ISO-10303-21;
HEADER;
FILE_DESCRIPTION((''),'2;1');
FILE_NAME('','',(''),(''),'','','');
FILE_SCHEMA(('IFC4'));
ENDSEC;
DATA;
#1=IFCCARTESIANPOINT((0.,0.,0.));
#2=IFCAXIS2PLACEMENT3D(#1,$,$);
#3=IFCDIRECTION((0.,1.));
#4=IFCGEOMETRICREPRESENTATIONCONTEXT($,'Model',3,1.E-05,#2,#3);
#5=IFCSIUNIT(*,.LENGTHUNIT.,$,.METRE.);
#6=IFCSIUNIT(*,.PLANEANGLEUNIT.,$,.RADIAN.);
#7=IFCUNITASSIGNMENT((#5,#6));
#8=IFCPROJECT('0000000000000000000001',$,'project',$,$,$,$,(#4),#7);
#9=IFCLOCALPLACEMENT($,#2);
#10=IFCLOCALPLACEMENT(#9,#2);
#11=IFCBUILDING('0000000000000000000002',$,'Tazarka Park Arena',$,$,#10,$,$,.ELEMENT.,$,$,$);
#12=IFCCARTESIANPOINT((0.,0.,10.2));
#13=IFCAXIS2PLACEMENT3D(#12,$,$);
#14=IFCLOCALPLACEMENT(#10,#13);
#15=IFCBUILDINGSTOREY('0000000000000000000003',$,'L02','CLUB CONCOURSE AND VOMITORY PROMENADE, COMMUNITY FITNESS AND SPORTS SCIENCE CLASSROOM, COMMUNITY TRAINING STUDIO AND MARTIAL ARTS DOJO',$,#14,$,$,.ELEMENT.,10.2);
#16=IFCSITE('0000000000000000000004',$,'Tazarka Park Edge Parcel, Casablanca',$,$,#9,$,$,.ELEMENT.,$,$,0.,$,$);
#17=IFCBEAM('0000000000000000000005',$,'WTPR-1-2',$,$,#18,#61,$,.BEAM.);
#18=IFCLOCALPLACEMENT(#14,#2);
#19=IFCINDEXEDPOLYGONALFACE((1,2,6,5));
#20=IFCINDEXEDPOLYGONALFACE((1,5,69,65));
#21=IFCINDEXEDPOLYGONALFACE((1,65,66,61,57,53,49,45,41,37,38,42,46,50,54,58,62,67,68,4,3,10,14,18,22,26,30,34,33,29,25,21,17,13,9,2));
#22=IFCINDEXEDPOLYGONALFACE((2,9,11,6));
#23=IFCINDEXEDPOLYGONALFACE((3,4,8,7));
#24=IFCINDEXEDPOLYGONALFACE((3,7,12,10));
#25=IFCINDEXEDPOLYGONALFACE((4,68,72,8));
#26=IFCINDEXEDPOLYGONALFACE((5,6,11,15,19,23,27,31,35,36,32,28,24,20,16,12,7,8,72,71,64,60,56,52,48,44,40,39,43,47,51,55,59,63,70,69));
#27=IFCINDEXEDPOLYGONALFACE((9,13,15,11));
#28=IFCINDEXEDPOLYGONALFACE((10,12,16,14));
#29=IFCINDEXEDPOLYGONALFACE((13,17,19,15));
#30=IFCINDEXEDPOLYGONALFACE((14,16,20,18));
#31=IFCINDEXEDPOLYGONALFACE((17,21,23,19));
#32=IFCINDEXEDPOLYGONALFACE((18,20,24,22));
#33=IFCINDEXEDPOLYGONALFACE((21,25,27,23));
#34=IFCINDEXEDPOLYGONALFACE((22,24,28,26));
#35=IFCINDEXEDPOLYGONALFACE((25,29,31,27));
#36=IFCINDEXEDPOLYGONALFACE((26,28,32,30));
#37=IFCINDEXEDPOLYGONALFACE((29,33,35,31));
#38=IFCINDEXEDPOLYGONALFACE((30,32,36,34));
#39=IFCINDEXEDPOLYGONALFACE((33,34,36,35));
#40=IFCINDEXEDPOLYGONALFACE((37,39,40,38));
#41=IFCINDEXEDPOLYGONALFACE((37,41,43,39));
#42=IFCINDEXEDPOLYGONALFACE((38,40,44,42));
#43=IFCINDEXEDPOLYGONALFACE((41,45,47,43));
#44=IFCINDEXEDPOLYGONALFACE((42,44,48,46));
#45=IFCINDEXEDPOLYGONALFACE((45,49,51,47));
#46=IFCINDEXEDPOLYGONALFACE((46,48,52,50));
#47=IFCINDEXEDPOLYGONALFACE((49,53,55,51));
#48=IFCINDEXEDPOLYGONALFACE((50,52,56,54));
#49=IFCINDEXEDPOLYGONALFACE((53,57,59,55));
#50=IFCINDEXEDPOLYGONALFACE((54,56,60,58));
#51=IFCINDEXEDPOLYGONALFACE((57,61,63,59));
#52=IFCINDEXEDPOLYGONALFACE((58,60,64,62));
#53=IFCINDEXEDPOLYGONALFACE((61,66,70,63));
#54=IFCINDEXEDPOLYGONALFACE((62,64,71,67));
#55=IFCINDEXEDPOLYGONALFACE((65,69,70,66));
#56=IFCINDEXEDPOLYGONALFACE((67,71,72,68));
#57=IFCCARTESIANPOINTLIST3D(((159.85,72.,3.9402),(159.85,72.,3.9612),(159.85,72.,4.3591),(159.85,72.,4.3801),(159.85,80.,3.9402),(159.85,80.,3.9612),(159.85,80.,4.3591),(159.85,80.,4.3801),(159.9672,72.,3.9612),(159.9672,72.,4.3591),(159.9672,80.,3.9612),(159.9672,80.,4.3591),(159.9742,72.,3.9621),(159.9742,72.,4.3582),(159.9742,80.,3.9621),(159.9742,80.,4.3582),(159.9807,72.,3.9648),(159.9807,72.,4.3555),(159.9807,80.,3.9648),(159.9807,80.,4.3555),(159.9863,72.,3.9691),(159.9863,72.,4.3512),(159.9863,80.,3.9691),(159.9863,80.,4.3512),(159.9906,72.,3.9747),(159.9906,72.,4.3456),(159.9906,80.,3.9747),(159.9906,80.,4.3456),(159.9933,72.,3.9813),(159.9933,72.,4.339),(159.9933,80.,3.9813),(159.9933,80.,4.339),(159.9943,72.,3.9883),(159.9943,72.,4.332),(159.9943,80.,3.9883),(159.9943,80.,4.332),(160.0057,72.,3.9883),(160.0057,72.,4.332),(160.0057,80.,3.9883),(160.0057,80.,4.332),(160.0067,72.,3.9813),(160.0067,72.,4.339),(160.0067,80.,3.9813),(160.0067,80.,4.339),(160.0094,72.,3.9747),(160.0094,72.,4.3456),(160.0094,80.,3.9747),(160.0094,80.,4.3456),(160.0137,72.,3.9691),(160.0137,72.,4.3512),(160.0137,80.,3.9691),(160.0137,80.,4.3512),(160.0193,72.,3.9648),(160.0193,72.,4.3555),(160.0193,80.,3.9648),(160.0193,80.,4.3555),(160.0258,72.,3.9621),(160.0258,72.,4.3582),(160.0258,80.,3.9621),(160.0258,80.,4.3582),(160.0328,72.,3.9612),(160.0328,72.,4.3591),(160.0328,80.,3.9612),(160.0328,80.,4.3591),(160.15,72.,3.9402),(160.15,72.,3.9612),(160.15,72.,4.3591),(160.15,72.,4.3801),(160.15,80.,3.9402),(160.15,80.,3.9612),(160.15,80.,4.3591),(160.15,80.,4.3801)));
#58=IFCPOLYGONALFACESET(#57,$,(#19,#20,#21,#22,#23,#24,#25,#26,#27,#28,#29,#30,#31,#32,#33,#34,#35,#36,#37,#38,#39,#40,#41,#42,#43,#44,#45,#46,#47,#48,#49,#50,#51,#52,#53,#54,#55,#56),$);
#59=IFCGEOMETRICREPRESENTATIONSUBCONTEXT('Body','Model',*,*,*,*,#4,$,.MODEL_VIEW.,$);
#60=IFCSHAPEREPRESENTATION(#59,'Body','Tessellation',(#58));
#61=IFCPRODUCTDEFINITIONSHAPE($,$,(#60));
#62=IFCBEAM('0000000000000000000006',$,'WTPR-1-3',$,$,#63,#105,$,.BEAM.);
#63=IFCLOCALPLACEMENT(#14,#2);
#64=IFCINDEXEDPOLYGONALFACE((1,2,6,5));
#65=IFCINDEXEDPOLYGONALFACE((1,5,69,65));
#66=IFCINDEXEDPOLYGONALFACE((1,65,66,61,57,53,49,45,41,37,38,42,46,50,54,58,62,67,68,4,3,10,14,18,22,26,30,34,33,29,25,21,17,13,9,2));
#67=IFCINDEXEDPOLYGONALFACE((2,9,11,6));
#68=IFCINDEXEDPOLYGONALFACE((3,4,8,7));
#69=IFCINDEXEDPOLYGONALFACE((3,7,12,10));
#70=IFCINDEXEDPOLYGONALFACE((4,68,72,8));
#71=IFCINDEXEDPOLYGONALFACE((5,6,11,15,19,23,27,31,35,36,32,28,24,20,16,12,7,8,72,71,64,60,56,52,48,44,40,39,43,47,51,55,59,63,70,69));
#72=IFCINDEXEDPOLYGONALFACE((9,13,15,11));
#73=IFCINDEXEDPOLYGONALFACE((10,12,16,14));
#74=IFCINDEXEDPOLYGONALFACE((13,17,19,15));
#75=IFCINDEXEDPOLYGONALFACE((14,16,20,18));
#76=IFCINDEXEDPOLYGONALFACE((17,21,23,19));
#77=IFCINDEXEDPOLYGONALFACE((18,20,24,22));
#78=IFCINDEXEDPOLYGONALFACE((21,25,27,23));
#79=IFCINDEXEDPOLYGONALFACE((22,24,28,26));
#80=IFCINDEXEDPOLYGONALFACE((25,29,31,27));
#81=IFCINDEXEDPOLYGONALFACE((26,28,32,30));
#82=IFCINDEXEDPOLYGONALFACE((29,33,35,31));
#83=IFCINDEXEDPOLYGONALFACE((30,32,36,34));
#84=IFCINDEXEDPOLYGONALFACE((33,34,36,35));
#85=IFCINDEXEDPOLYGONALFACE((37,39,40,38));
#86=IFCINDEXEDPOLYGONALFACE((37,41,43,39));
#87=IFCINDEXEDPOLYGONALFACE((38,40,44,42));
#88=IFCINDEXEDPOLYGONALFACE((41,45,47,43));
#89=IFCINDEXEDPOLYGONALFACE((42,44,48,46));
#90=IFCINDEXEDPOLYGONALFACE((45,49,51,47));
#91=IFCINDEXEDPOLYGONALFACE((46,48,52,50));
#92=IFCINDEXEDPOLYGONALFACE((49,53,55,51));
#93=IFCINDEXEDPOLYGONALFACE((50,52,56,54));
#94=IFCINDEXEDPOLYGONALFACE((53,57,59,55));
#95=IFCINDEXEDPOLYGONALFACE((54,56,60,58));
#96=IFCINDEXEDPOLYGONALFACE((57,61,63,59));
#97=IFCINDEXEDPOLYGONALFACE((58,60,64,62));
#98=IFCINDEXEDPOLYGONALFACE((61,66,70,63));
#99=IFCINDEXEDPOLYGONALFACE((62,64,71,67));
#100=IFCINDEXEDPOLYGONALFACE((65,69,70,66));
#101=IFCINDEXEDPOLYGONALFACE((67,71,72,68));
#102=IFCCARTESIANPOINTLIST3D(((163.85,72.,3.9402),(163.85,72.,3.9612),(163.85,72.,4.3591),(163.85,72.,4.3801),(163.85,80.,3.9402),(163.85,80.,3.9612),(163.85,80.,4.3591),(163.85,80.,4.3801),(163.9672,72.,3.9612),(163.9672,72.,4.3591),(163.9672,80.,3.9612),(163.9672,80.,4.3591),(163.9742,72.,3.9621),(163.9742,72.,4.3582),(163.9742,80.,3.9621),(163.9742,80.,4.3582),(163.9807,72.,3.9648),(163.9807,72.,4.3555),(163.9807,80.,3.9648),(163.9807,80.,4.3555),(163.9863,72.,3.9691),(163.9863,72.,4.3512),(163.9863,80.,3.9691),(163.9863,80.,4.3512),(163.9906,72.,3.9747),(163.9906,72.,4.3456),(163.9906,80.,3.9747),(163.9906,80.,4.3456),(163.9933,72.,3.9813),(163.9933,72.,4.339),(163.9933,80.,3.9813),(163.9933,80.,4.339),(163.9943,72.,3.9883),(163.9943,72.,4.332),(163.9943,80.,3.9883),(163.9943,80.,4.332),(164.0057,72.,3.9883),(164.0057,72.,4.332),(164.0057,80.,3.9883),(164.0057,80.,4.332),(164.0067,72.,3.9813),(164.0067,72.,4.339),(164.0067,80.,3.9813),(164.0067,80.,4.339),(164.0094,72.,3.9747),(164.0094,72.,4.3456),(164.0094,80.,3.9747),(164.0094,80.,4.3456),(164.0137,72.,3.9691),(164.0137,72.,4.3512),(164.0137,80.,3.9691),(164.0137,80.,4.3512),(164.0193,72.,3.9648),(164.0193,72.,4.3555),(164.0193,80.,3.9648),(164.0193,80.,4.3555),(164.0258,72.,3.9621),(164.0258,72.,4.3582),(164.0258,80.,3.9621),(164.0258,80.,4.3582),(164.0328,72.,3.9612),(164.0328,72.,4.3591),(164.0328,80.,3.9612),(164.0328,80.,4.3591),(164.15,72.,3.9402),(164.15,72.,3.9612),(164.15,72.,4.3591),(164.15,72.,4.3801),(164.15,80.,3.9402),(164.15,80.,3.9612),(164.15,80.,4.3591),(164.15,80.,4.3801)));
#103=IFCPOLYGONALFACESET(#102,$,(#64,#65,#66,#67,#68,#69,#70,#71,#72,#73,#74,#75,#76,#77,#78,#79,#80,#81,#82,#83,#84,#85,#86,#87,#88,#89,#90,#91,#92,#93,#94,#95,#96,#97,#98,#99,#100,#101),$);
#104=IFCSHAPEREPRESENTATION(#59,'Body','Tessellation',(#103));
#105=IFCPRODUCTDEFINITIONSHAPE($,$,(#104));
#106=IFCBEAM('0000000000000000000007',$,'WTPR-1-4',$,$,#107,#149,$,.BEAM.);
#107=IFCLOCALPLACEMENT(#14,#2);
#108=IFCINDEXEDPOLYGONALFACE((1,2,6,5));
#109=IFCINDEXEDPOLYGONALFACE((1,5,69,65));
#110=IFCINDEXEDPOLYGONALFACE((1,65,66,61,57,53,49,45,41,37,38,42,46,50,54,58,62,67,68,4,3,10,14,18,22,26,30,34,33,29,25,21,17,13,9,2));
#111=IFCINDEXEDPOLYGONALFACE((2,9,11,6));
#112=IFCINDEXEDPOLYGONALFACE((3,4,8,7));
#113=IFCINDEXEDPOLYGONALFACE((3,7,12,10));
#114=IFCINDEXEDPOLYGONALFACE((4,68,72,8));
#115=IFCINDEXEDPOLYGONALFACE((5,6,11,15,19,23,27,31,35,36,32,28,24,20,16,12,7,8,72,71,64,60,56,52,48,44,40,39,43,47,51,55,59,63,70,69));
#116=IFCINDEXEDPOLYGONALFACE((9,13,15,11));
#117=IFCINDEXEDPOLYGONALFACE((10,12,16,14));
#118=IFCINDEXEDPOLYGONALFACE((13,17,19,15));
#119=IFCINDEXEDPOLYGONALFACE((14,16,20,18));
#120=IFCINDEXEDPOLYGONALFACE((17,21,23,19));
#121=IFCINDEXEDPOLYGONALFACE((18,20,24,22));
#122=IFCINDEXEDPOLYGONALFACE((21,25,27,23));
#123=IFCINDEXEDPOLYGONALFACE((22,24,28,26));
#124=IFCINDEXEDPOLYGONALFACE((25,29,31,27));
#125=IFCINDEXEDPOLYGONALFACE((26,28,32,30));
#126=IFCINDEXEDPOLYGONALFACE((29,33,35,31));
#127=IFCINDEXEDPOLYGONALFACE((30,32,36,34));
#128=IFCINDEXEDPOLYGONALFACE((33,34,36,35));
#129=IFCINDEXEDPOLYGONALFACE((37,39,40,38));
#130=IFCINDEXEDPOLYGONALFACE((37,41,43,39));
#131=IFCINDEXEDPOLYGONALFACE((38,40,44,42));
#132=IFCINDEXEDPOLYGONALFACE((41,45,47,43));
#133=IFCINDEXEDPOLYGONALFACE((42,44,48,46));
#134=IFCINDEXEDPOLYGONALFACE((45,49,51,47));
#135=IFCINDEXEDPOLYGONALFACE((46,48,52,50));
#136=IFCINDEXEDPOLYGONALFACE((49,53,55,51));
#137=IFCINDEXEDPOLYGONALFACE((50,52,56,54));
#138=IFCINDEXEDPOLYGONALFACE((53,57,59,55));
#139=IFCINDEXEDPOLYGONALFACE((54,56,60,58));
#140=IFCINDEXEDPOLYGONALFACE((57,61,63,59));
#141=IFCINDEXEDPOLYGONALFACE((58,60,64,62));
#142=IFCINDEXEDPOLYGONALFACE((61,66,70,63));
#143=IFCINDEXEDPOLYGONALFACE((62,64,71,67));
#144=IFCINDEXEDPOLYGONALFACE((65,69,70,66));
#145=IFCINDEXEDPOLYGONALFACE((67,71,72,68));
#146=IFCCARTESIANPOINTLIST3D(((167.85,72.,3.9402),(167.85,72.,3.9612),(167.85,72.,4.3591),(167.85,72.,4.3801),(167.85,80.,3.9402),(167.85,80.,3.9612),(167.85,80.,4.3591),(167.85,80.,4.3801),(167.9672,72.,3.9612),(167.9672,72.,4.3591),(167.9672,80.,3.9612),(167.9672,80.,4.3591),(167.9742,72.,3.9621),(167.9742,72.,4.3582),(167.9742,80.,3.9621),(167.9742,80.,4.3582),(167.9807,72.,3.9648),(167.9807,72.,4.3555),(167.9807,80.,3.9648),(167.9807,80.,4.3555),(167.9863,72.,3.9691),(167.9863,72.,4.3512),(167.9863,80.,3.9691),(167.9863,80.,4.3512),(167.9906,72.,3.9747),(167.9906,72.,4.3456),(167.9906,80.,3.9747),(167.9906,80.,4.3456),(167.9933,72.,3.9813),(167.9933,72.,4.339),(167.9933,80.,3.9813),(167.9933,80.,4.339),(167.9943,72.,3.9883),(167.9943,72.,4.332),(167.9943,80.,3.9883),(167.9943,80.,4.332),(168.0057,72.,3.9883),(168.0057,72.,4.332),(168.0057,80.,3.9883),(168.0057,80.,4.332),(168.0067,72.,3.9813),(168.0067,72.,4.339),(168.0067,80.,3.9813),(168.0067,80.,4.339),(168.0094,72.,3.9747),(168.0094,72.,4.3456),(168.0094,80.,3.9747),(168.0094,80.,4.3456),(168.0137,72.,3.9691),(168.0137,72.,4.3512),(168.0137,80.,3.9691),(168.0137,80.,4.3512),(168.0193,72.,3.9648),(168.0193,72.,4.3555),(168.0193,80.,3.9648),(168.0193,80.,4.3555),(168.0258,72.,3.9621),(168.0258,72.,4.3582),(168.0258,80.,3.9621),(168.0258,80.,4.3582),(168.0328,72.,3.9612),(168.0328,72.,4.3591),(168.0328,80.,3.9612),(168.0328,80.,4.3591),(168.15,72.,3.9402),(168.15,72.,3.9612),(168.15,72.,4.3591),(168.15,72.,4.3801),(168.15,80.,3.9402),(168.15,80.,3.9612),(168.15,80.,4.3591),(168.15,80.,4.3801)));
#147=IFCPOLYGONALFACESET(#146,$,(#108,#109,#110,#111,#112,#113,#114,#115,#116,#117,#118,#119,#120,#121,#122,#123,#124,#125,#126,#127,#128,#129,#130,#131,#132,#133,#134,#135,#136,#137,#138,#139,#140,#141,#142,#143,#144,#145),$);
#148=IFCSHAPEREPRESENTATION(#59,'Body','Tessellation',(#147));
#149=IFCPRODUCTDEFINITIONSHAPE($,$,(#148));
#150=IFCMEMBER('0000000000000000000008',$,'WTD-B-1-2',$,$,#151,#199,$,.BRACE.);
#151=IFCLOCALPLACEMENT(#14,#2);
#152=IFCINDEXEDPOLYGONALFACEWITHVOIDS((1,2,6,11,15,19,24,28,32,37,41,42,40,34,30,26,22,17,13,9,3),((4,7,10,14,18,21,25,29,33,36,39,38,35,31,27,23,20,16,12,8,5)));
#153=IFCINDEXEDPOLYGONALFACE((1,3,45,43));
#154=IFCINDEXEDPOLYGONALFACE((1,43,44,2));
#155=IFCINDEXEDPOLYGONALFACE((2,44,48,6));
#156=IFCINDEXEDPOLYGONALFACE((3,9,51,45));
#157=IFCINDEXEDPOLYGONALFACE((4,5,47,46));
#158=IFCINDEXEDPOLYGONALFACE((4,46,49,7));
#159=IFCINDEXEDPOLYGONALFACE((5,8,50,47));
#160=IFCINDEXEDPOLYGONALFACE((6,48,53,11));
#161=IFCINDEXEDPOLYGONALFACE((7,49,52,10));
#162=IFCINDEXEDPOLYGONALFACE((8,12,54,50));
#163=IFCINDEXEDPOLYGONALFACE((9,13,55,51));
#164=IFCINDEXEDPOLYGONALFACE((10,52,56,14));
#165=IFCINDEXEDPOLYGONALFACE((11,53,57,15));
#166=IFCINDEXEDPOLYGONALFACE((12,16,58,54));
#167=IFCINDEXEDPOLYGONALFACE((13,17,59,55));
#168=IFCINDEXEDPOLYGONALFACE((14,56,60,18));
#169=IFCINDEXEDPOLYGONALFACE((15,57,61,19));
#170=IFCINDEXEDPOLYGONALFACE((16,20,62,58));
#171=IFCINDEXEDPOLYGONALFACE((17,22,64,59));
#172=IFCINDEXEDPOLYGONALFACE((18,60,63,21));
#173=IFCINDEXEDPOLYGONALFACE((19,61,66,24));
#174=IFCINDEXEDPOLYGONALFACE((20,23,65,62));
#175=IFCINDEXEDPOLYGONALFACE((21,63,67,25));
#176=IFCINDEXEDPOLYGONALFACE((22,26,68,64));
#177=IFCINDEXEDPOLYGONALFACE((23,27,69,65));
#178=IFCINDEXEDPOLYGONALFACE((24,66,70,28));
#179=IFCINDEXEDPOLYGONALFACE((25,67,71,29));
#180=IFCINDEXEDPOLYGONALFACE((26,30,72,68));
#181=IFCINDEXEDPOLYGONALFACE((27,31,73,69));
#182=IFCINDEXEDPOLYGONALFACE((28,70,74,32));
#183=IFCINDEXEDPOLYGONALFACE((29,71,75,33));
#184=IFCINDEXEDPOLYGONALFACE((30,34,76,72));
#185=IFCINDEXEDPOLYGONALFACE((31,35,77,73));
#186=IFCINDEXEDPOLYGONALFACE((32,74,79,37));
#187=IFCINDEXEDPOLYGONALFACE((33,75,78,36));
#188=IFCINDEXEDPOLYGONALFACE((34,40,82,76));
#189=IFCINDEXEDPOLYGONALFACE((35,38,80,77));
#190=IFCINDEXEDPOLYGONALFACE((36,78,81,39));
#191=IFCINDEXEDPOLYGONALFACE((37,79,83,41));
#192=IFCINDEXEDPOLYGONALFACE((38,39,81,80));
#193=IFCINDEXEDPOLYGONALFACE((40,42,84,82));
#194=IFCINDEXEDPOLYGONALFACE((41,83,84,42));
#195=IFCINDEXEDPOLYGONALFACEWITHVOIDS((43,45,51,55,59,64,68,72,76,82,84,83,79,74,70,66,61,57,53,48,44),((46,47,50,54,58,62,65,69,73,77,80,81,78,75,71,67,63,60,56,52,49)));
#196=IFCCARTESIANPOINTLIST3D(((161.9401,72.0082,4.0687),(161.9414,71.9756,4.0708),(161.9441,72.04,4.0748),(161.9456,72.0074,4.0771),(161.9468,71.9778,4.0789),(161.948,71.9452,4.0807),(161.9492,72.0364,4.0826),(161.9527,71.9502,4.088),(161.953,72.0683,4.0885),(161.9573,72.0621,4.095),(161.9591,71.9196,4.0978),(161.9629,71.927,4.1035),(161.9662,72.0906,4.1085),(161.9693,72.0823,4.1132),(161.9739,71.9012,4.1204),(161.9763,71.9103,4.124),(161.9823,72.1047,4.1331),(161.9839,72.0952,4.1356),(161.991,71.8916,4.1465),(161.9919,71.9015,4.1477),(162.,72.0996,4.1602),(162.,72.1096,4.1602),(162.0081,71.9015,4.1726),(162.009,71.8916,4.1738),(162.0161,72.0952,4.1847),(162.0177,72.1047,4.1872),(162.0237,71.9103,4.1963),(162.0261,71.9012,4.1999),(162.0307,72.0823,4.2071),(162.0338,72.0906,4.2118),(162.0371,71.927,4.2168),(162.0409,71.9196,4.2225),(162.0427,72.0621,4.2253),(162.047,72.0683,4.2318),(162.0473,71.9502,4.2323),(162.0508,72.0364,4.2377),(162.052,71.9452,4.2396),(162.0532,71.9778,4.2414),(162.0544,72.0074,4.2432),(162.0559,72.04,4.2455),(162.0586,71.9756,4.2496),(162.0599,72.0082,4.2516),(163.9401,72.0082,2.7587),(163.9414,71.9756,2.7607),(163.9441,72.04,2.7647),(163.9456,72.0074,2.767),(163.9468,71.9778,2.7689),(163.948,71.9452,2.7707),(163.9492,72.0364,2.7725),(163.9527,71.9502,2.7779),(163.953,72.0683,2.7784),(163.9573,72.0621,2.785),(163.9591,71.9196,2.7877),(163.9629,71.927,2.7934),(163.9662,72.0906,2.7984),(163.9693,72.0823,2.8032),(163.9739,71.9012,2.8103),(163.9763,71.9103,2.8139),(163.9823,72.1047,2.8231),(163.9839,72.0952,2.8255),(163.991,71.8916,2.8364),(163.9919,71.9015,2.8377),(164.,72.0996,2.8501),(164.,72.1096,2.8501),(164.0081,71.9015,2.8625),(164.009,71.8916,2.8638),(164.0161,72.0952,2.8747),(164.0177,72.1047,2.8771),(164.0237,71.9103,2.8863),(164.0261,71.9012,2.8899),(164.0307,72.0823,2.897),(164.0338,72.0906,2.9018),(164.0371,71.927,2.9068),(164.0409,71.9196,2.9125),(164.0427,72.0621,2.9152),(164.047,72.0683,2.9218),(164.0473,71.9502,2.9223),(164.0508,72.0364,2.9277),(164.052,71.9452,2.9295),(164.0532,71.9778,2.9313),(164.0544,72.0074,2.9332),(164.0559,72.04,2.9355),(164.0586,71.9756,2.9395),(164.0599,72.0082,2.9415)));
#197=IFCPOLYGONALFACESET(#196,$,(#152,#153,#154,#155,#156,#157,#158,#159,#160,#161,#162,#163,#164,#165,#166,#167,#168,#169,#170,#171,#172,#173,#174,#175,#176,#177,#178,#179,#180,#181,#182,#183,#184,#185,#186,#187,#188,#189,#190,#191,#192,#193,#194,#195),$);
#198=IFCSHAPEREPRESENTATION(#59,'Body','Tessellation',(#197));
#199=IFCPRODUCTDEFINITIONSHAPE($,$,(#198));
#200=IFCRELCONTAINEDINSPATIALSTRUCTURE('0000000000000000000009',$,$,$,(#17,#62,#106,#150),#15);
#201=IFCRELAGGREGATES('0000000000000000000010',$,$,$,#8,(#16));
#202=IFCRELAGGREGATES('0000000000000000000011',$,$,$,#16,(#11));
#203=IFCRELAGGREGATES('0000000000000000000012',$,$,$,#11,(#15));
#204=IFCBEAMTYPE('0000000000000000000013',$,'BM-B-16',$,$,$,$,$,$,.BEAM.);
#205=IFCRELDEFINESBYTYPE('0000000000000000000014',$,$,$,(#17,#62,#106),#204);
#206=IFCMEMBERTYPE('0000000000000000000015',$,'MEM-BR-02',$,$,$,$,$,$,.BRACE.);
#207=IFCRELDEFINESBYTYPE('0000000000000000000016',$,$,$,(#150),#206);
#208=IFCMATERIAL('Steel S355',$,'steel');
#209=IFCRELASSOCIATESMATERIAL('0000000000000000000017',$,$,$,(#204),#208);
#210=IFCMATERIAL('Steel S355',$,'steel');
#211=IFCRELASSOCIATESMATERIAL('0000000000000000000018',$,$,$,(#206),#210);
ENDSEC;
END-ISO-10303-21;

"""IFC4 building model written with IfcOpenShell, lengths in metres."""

from ifc_helpers import new_model, si_unit, direction, frame, origin, origin_2d, place, context, subcontext, project, spatial, hollow_circle, i_section, extrude, material, material_profile, profile_set, type_object, element, save


model = new_model("IFC4")

# Units and contexts
model_context = context("Model", 3, precision=1e-05, world=origin(), true_north=direction((0.0, 1.0)))
body_context = subcontext(model_context, "Body", "Model", "MODEL_VIEW")
ifc_project = project(units=[si_unit("LENGTHUNIT", "METRE"), si_unit("PLANEANGLEUNIT", "RADIAN")], contexts=[model_context])

# Site, building, storey
site_placement = place(None, origin())
site = spatial("IfcSite", under=ifc_project, at=site_placement, Name="Tazarka Park Edge Parcel, Casablanca", CompositionType="ELEMENT", RefElevation=0.0)
building_placement = place(site_placement, origin())
building = spatial("IfcBuilding", under=site, at=building_placement, Name="Tazarka Park Arena", CompositionType="ELEMENT")
storey_placement = place(building_placement, frame((0.0, 0.0, 10.2)))
storey = spatial("IfcBuildingStorey", under=building, at=storey_placement, Name="L02", Description="CLUB CONCOURSE AND VOMITORY PROMENADE, COMMUNITY FITNESS AND SPORTS SCIENCE CLASSROOM, COMMUNITY TRAINING STUDIO AND MARTIAL ARTS DOJO", CompositionType="ELEMENT", Elevation=10.2)

# Beams
ifc_material_1 = material(Name="Steel S355", Category="steel")
ifc_material_profile_1 = material_profile(ifc_material_1, i_section(OverallWidth=0.3, OverallDepth=0.4399, WebThickness=0.0115, FlangeThickness=0.021, FilletRadius=0.0271, at=origin_2d()), Name="Steel S355")
ifc_profile_set_1 = profile_set([ifc_material_profile_1], Name="Steel S355")
beam_type = type_object("IfcBeamType", Name="BM-B-16", PredefinedType="BEAM", material=ifc_profile_set_1)
for number, where, z_axis, x_axis, name in (
    (1, (160.0, 72.0, 4.1602), (0.0, 1.0, 0.0), (-1.0, 0.0, 0.0), "WTPR-1-2"),
    (2, (164.0, 72.0, 4.1602), (0.0, 1.0, 0.0), (-1.0, 0.0, 0.0), "WTPR-1-3"),
    (3, (168.0, 72.0, 4.1602), (0.0, 1.0, 0.0), (-1.0, 0.0, 0.0), "WTPR-1-4"),
):
    element("IfcBeam", number, at=place(storey_placement, frame(where, z_axis=z_axis, x_axis=x_axis)), inside=storey, type_object=beam_type, Name=name, PredefinedType="BEAM", context=body_context, shape_type="SweptSolid", body=[
        extrude(i_section(OverallWidth=0.3, OverallDepth=0.4399, WebThickness=0.0115, FlangeThickness=0.021, FilletRadius=0.0271, at=origin_2d()), origin(), (0.0, 0.0, 1.0), 8.0),
    ])

# Member
ifc_material_2 = material(Name="Steel S355", Category="steel")
ifc_material_profile_2 = material_profile(ifc_material_2, hollow_circle(Radius=0.1096, WallThickness=0.01, at=origin_2d()), Name="Steel S355")
ifc_profile_set_2 = profile_set([ifc_material_profile_2], Name="Steel S355")
member_type_1 = type_object("IfcMemberType", Name="MEM-BR-02", PredefinedType="BRACE", material=ifc_profile_set_2)
for number, where, z_axis, x_axis, name in (
    (4, (162.0, 72.0, 4.1602), (0.836516, 0.0, -0.547942), (0.0, 1.0, 0.0), "WTD-B-1-2"),
):
    element("IfcMember", number, at=place(storey_placement, frame(where, z_axis=z_axis, x_axis=x_axis)), inside=storey, type_object=member_type_1, Name=name, PredefinedType="BRACE", context=body_context, shape_type="SweptSolid", body=[
        extrude(hollow_circle(Radius=0.1096, WallThickness=0.01, at=origin_2d()), origin(), (0.0, 0.0, 1.0), 2.3909),
    ])

save(model, "model.ifc")
